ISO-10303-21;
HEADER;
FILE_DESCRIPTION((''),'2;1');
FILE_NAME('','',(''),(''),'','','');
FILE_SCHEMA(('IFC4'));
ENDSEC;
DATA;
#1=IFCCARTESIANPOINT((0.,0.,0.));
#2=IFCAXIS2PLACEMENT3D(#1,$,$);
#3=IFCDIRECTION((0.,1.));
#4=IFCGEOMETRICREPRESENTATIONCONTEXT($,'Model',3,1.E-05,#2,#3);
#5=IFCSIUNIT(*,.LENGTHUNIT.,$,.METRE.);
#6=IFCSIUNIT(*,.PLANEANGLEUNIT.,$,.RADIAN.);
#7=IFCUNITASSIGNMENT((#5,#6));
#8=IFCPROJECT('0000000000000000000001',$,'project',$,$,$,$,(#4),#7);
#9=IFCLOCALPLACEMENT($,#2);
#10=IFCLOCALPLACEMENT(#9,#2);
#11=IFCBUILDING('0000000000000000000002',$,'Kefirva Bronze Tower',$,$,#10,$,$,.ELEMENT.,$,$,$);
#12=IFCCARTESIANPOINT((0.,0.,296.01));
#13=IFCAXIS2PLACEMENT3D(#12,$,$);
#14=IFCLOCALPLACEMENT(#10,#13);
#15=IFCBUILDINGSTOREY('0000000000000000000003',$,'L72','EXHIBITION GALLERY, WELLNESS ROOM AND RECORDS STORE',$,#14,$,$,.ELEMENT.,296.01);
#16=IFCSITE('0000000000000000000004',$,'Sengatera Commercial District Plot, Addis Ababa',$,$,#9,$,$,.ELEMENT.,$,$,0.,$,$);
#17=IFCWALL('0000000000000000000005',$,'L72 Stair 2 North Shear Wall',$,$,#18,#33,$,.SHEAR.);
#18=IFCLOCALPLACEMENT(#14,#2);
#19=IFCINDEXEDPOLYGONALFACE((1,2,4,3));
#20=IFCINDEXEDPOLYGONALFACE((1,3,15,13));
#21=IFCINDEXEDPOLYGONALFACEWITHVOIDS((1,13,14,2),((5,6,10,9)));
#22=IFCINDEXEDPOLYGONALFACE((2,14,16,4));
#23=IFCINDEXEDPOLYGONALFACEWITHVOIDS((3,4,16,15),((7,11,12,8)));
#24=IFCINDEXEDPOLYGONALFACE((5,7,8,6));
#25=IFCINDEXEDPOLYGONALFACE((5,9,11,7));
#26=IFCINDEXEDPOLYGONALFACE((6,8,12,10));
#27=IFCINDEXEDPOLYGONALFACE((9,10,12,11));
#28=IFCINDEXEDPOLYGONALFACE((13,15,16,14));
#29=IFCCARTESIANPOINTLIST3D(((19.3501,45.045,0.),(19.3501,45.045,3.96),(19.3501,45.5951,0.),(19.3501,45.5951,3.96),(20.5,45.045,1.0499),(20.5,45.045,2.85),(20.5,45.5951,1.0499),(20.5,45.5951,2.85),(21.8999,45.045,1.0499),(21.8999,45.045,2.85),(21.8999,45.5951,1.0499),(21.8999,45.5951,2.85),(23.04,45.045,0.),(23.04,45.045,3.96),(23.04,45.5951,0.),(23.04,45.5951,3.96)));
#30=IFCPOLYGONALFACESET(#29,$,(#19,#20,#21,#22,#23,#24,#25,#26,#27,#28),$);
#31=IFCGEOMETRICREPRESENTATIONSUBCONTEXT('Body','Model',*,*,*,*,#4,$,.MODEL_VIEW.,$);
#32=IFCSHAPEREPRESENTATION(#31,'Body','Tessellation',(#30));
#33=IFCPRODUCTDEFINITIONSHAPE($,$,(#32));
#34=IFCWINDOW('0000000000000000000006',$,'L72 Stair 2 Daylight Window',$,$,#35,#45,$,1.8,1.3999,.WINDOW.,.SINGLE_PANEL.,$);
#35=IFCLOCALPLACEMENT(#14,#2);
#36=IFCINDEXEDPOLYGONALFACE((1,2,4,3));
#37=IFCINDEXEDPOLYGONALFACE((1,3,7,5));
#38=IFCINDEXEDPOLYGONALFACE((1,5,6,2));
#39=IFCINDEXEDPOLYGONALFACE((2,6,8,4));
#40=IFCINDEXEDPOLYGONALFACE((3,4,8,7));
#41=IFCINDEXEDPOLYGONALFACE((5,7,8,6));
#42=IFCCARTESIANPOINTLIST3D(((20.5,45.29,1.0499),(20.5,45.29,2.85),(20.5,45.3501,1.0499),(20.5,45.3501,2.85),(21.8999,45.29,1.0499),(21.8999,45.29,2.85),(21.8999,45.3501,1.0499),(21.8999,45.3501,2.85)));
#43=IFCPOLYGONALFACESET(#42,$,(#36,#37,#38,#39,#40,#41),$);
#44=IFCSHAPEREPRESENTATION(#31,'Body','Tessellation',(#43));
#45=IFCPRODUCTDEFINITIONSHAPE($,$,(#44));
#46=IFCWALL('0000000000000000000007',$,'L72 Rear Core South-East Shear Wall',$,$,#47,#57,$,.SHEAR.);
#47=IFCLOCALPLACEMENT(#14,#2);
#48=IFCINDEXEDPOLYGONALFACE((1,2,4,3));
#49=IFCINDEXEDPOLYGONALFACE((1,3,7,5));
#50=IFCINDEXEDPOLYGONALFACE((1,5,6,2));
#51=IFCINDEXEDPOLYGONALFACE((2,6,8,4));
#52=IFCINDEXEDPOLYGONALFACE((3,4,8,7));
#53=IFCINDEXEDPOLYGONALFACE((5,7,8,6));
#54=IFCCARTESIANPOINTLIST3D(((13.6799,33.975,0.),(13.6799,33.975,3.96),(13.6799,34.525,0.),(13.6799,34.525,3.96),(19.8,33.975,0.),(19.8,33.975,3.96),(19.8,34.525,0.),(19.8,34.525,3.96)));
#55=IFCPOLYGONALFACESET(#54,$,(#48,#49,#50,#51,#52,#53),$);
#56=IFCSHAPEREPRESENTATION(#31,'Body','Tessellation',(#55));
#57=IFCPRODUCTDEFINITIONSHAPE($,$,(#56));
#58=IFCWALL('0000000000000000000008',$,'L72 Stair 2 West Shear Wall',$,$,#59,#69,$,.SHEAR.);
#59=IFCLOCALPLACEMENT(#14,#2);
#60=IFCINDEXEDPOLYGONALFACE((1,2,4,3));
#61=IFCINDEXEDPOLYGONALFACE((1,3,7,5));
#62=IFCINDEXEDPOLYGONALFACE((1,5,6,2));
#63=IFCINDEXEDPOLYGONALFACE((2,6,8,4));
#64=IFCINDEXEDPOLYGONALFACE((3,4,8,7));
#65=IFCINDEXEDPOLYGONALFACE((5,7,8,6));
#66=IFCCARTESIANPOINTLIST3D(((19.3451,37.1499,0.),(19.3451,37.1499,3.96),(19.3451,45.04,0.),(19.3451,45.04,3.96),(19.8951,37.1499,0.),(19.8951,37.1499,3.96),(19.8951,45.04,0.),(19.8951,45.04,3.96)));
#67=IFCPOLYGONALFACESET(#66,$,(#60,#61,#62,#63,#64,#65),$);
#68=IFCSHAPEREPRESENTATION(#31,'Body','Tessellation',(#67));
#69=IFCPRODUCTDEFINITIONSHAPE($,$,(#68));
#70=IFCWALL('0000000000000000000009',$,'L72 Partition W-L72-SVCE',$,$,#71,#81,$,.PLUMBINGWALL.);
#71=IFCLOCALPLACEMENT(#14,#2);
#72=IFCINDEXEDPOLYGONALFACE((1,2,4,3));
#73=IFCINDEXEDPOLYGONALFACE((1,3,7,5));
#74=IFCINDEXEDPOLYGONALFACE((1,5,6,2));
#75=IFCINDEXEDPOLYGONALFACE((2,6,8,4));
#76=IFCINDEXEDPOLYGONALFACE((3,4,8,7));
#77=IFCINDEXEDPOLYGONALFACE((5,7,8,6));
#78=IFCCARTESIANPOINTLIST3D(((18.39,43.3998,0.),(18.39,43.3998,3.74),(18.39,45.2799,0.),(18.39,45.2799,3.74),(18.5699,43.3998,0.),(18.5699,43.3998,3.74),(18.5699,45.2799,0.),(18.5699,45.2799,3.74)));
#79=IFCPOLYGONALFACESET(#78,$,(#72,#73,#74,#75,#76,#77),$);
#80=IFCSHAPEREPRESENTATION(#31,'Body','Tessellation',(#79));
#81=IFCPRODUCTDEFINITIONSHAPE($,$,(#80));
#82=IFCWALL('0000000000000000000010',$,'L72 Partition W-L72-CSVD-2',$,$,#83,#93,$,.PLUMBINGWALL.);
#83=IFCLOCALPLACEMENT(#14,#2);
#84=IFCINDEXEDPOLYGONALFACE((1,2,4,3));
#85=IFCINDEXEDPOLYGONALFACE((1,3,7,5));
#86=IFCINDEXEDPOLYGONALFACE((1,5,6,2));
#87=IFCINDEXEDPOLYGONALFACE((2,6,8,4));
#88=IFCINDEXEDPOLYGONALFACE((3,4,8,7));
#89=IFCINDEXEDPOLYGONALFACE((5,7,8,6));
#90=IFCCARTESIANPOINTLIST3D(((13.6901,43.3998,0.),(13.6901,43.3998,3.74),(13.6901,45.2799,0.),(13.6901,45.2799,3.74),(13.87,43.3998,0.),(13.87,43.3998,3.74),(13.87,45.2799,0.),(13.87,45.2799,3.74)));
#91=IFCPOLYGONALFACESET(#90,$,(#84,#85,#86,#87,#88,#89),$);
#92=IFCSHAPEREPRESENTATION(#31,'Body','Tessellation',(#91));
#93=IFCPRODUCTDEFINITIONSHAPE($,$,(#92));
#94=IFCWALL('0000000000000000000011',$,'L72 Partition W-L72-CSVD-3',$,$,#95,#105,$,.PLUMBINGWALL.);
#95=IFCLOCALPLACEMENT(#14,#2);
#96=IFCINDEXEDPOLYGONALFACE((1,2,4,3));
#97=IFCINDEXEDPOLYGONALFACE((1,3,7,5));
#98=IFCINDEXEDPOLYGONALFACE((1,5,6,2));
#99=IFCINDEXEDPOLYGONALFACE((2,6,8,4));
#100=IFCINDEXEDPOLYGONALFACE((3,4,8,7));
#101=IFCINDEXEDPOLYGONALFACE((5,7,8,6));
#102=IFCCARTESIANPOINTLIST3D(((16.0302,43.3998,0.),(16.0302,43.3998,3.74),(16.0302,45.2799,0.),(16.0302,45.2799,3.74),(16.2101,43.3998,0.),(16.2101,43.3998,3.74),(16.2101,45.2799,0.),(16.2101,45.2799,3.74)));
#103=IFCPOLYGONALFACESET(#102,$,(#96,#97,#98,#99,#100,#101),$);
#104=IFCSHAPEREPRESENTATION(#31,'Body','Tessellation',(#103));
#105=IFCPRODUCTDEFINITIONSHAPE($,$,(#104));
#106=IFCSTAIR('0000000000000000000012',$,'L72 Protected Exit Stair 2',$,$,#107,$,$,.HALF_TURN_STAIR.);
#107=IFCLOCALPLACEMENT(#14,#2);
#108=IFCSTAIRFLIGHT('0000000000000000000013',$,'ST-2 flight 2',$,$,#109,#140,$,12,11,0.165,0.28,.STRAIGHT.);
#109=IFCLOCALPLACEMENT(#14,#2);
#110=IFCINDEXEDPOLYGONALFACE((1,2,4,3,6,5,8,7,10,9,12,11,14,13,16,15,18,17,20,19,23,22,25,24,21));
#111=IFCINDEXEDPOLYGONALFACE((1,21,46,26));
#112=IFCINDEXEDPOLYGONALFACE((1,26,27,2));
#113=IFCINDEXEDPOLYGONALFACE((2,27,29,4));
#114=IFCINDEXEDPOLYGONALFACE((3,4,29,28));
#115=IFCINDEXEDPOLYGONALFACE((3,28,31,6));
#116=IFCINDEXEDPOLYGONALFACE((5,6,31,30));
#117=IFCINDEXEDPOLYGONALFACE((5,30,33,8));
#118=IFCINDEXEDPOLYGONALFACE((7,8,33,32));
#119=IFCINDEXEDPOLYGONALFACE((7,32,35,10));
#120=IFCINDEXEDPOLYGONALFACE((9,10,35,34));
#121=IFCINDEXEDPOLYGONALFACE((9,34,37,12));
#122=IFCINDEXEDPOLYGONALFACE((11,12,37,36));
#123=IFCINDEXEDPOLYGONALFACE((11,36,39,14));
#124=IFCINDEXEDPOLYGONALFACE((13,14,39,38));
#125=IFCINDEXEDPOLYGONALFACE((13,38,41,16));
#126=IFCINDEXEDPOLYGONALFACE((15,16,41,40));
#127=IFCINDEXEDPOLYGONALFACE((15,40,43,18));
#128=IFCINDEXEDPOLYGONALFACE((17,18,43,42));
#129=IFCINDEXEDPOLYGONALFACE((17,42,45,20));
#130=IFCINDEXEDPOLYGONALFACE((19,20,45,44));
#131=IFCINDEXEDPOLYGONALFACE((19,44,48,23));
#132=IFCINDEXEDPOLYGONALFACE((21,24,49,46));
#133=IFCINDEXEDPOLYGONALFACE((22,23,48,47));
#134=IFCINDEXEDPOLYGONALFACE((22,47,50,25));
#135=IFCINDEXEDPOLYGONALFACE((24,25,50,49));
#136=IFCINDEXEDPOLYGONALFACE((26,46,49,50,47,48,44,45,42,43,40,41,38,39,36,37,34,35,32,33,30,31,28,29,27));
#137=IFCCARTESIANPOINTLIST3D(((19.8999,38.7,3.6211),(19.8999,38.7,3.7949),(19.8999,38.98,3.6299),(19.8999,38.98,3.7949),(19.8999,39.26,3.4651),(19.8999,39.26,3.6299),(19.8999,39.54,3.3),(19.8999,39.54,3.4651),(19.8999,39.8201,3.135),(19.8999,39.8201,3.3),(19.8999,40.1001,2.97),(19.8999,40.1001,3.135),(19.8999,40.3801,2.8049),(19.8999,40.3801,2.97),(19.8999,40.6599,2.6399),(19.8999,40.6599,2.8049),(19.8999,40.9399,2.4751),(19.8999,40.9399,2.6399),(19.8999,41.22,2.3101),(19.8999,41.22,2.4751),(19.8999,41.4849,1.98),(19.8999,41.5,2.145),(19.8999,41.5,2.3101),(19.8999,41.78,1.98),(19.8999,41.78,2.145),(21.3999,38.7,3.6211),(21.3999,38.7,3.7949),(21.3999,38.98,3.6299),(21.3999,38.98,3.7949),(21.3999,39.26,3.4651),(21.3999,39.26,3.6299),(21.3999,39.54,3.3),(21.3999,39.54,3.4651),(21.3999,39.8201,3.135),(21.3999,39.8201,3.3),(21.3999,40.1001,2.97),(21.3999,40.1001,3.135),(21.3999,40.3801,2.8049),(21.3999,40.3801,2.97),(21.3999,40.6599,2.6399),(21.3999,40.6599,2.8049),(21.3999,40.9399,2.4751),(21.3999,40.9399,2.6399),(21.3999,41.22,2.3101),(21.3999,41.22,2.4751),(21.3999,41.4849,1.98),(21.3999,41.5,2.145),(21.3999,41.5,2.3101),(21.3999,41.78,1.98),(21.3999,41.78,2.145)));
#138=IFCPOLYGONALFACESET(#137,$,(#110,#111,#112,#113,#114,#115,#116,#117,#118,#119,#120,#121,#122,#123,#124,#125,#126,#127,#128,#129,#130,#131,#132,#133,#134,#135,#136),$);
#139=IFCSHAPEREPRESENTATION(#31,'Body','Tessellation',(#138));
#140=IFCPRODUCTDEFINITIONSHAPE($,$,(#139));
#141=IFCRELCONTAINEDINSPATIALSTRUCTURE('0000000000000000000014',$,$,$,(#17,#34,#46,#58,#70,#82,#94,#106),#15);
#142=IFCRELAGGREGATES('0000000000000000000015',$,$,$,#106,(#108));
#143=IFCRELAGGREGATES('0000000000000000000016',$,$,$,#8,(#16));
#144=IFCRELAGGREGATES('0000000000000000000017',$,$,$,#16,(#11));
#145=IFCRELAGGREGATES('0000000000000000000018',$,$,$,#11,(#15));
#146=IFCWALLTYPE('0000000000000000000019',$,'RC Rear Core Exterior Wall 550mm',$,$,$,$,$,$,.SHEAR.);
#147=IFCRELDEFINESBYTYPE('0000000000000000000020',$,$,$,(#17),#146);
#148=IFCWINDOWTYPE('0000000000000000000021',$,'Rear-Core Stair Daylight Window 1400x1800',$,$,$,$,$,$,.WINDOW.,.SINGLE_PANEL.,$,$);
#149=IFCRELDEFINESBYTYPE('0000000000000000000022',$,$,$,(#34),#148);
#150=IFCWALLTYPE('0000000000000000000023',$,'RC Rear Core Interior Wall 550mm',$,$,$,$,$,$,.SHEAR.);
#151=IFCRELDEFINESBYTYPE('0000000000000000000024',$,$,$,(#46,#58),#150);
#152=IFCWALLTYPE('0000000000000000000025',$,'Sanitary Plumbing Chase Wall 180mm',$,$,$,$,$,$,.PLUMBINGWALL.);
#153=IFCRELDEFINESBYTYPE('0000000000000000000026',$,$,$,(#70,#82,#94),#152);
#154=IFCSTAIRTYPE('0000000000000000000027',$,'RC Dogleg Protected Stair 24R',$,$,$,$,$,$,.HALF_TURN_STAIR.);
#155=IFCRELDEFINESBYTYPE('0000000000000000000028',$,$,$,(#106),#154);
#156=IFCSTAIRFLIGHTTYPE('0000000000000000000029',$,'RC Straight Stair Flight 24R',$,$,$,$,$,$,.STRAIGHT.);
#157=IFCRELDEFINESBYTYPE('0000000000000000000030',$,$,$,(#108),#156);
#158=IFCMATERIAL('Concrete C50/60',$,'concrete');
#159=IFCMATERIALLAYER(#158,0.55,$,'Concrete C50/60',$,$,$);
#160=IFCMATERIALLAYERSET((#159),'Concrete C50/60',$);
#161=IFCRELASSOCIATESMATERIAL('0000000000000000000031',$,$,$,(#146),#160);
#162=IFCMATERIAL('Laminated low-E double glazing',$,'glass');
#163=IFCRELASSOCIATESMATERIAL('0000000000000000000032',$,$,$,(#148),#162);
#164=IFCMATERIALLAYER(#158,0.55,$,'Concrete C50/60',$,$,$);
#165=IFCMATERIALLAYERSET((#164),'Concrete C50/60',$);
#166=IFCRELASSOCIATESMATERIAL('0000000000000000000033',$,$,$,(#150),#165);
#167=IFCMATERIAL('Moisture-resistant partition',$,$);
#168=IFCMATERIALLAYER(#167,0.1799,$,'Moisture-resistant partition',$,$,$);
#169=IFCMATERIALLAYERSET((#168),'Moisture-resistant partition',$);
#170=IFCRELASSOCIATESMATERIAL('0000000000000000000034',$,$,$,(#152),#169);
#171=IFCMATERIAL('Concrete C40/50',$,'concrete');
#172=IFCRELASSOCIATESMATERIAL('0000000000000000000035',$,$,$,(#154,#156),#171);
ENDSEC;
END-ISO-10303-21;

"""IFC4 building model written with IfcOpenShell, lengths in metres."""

from ifc_helpers import new_model, si_unit, direction, frame, frame_2d, origin, place, context, subcontext, project, spatial, polyline, rectangle, outline, extrude, material, layer, layer_set, type_object, element, fill, aggregate, save


model = new_model("IFC4")

# Units and contexts
model_context = context("Model", 3, precision=1e-05, world=origin(), true_north=direction((0.0, 1.0)))
body_context = subcontext(model_context, "Body", "Model", "MODEL_VIEW")
ifc_project = project(units=[si_unit("LENGTHUNIT", "METRE"), si_unit("PLANEANGLEUNIT", "RADIAN")], contexts=[model_context])

# Site, building, storey
site_placement = place(None, origin())
site = spatial("IfcSite", under=ifc_project, at=site_placement, Name="Sengatera Commercial District Plot, Addis Ababa", CompositionType="ELEMENT", RefElevation=0.0)
building_placement = place(site_placement, origin())
building = spatial("IfcBuilding", under=site, at=building_placement, Name="Kefirva Bronze Tower", CompositionType="ELEMENT")
storey_placement = place(building_placement, frame((0.0, 0.0, 296.01)))
storey = spatial("IfcBuildingStorey", under=building, at=storey_placement, Name="L72", Description="EXHIBITION GALLERY, WELLNESS ROOM AND RECORDS STORE", CompositionType="ELEMENT", Elevation=296.01)

# Shared definitions
ifc_material_1 = material(Name="Concrete C50/60", Category="concrete")

# Wall, opening, window
ifc_layer_1 = layer(ifc_material_1, 0.55, Name="Concrete C50/60")
ifc_layer_set_1 = layer_set([ifc_layer_1], Name="Concrete C50/60")
wall_type_1 = type_object("IfcWallType", Name="RC Rear Core Exterior Wall 550mm", PredefinedType="SHEAR", material=ifc_layer_set_1)
wall_1_placement = place(storey_placement, frame((19.3501, 45.3201, 0.0), z_axis=(0.0, 0.0, 1.0), x_axis=(1.0, 0.0, 0.0)))
wall_1 = element("IfcWall", 1, at=wall_1_placement, inside=storey, type_object=wall_type_1, Name="L72 Stair 2 North Shear Wall", PredefinedType="SHEAR", context=body_context, shape_type="SweptSolid", body=[
    extrude(rectangle(XDim=3.6899, YDim=0.55, at=frame_2d((1.845, 0.0))), origin(), (0.0, 0.0, 1.0), 3.96),
])
opening_1_placement = place(wall_1_placement, frame((1.1499, 0.0, 1.05)))
opening_1 = element("IfcOpeningElement", 2, at=opening_1_placement, cuts=wall_1, PredefinedType="OPENING", context=body_context, shape_type="SweptSolid", body=[
    extrude(rectangle(XDim=1.3999, YDim=1.8, at=frame_2d((0.7, 0.8999))), frame((0.0, 0.2852, 0.0), z_axis=(0.0, -1.0, 0.0), x_axis=(1.0, 0.0, 0.0)), (0.0, 0.0, 1.0), 0.5701),
])
ifc_material_2 = material(Name="Laminated low-E double glazing", Category="glass")
window_type = type_object("IfcWindowType", Name="Rear-Core Stair Daylight Window 1400x1800", PartitioningType="SINGLE_PANEL", PredefinedType="WINDOW", material=ifc_material_2)
window_placement = place(opening_1_placement, origin())
window = element("IfcWindow", 3, at=window_placement, inside=storey, type_object=window_type, Name="L72 Stair 2 Daylight Window", OverallHeight=1.8, OverallWidth=1.3999, PartitioningType="SINGLE_PANEL", PredefinedType="WINDOW", context=body_context, shape_type="SweptSolid", body=[
    extrude(rectangle(XDim=1.3999, YDim=1.8, at=frame_2d((0.7, 0.8999))), frame((0.0, 0.03, 0.0), z_axis=(0.0, -1.0, 0.0), x_axis=(1.0, 0.0, 0.0)), (0.0, 0.0, 1.0), 0.0601),
])
fill(opening_1, window)

# Walls
ifc_layer_2 = layer(ifc_material_1, 0.55, Name="Concrete C50/60")
ifc_layer_set_2 = layer_set([ifc_layer_2], Name="Concrete C50/60")
wall_type_2 = type_object("IfcWallType", Name="RC Rear Core Interior Wall 550mm", PredefinedType="SHEAR", material=ifc_layer_set_2)
wall_2_placement = place(storey_placement, frame((13.6799, 34.25, 0.0), z_axis=(0.0, 0.0, 1.0), x_axis=(1.0, 0.0, 0.0)))
element("IfcWall", 4, at=wall_2_placement, inside=storey, type_object=wall_type_2, Name="L72 Rear Core South-East Shear Wall", PredefinedType="SHEAR", context=body_context, shape_type="SweptSolid", body=[
    extrude(rectangle(XDim=6.1201, YDim=0.55, at=frame_2d((3.0601, 0.0))), origin(), (0.0, 0.0, 1.0), 3.96),
])
wall_3_placement = place(storey_placement, frame((19.6201, 37.1499, 0.0), z_axis=(0.0, 0.0, 1.0), x_axis=(0.0, 1.0, 0.0)))
element("IfcWall", 5, at=wall_3_placement, inside=storey, type_object=wall_type_2, Name="L72 Stair 2 West Shear Wall", PredefinedType="SHEAR", context=body_context, shape_type="SweptSolid", body=[
    extrude(rectangle(XDim=7.8901, YDim=0.55, at=frame_2d((3.9451, 0.0))), origin(), (0.0, 0.0, 1.0), 3.96),
])
ifc_material_3 = material(Name="Moisture-resistant partition")
ifc_layer_3 = layer(ifc_material_3, 0.1799, Name="Moisture-resistant partition")
ifc_layer_set_3 = layer_set([ifc_layer_3], Name="Moisture-resistant partition")
wall_type_3 = type_object("IfcWallType", Name="Sanitary Plumbing Chase Wall 180mm", PredefinedType="PLUMBINGWALL", material=ifc_layer_set_3)
for number, where, z_axis, x_axis, name in (
    (6, (18.48, 43.3999, 0.0), (0.0, 0.0, 1.0), (0.0, 1.0, 0.0), "L72 Partition W-L72-SVCE"),
    (7, (13.78, 43.3999, 0.0), (0.0, 0.0, 1.0), (0.0, 1.0, 0.0), "L72 Partition W-L72-CSVD-2"),
    (8, (16.1201, 43.3999, 0.0), (0.0, 0.0, 1.0), (0.0, 1.0, 0.0), "L72 Partition W-L72-CSVD-3"),
):
    element("IfcWall", number, at=place(storey_placement, frame(where, z_axis=z_axis, x_axis=x_axis)), inside=storey, type_object=wall_type_3, Name=name, PredefinedType="PLUMBINGWALL", context=body_context, shape_type="SweptSolid", body=[
        extrude(rectangle(XDim=1.8801, YDim=0.1799, at=frame_2d((0.9399, 0.0))), origin(), (0.0, 0.0, 1.0), 3.74),
    ])

# Stair, stair flight
ifc_material_4 = material(Name="Concrete C40/50", Category="concrete")
stair_type = type_object("IfcStairType", Name="RC Dogleg Protected Stair 24R", PredefinedType="HALF_TURN_STAIR", material=ifc_material_4)
stair_placement = place(storey_placement, origin())
stair = element("IfcStair", 9, at=stair_placement, inside=storey, type_object=stair_type, Name="L72 Protected Exit Stair 2", PredefinedType="HALF_TURN_STAIR")
stair_flight_type = type_object("IfcStairFlightType", Name="RC Straight Stair Flight 24R", PredefinedType="STRAIGHT", material=ifc_material_4)
stair_flight_placement = place(storey_placement, frame((20.6499, 41.78, 1.98), z_axis=(0.0, 0.0, 1.0), x_axis=(0.0, -1.0, 0.0)))
stair_flight = element("IfcStairFlight", 10, at=stair_flight_placement, type_object=stair_flight_type, Name="ST-2 flight 2", NumberOfRisers=12, NumberOfTreads=11, PredefinedType="STRAIGHT", RiserHeight=0.165, TreadLength=0.28, context=body_context, shape_type="SweptSolid", body=[
    extrude(outline(polyline([(0.0, 0.0), (0.0, 0.165), (0.28, 0.165), (0.28, 0.3301), (0.5601, 0.3301), (0.5601, 0.4951), (0.8401, 0.4951), (0.8401, 0.6599), (1.1201, 0.6599), (1.1201, 0.825), (1.3999, 0.825), (1.3999, 0.99), (1.6799, 0.99), (1.6799, 1.155), (1.96, 1.155), (1.96, 1.3201), (2.24, 1.3201), (2.24, 1.4851), (2.52, 1.4851), (2.52, 1.6499), (2.8, 1.6499), (2.8, 1.8149), (3.0801, 1.8149), (3.0801, 1.98), (3.0801, 1.6411), (0.2952, 0.0), (0.0, 0.0)])), frame((0.0, 0.75, 0.0), z_axis=(0.0, -1.0, 0.0), x_axis=(1.0, 0.0, 0.0)), (0.0, 0.0, 1.0), 1.5),
])
aggregate(stair, [stair_flight])

save(model, "model.ifc")
